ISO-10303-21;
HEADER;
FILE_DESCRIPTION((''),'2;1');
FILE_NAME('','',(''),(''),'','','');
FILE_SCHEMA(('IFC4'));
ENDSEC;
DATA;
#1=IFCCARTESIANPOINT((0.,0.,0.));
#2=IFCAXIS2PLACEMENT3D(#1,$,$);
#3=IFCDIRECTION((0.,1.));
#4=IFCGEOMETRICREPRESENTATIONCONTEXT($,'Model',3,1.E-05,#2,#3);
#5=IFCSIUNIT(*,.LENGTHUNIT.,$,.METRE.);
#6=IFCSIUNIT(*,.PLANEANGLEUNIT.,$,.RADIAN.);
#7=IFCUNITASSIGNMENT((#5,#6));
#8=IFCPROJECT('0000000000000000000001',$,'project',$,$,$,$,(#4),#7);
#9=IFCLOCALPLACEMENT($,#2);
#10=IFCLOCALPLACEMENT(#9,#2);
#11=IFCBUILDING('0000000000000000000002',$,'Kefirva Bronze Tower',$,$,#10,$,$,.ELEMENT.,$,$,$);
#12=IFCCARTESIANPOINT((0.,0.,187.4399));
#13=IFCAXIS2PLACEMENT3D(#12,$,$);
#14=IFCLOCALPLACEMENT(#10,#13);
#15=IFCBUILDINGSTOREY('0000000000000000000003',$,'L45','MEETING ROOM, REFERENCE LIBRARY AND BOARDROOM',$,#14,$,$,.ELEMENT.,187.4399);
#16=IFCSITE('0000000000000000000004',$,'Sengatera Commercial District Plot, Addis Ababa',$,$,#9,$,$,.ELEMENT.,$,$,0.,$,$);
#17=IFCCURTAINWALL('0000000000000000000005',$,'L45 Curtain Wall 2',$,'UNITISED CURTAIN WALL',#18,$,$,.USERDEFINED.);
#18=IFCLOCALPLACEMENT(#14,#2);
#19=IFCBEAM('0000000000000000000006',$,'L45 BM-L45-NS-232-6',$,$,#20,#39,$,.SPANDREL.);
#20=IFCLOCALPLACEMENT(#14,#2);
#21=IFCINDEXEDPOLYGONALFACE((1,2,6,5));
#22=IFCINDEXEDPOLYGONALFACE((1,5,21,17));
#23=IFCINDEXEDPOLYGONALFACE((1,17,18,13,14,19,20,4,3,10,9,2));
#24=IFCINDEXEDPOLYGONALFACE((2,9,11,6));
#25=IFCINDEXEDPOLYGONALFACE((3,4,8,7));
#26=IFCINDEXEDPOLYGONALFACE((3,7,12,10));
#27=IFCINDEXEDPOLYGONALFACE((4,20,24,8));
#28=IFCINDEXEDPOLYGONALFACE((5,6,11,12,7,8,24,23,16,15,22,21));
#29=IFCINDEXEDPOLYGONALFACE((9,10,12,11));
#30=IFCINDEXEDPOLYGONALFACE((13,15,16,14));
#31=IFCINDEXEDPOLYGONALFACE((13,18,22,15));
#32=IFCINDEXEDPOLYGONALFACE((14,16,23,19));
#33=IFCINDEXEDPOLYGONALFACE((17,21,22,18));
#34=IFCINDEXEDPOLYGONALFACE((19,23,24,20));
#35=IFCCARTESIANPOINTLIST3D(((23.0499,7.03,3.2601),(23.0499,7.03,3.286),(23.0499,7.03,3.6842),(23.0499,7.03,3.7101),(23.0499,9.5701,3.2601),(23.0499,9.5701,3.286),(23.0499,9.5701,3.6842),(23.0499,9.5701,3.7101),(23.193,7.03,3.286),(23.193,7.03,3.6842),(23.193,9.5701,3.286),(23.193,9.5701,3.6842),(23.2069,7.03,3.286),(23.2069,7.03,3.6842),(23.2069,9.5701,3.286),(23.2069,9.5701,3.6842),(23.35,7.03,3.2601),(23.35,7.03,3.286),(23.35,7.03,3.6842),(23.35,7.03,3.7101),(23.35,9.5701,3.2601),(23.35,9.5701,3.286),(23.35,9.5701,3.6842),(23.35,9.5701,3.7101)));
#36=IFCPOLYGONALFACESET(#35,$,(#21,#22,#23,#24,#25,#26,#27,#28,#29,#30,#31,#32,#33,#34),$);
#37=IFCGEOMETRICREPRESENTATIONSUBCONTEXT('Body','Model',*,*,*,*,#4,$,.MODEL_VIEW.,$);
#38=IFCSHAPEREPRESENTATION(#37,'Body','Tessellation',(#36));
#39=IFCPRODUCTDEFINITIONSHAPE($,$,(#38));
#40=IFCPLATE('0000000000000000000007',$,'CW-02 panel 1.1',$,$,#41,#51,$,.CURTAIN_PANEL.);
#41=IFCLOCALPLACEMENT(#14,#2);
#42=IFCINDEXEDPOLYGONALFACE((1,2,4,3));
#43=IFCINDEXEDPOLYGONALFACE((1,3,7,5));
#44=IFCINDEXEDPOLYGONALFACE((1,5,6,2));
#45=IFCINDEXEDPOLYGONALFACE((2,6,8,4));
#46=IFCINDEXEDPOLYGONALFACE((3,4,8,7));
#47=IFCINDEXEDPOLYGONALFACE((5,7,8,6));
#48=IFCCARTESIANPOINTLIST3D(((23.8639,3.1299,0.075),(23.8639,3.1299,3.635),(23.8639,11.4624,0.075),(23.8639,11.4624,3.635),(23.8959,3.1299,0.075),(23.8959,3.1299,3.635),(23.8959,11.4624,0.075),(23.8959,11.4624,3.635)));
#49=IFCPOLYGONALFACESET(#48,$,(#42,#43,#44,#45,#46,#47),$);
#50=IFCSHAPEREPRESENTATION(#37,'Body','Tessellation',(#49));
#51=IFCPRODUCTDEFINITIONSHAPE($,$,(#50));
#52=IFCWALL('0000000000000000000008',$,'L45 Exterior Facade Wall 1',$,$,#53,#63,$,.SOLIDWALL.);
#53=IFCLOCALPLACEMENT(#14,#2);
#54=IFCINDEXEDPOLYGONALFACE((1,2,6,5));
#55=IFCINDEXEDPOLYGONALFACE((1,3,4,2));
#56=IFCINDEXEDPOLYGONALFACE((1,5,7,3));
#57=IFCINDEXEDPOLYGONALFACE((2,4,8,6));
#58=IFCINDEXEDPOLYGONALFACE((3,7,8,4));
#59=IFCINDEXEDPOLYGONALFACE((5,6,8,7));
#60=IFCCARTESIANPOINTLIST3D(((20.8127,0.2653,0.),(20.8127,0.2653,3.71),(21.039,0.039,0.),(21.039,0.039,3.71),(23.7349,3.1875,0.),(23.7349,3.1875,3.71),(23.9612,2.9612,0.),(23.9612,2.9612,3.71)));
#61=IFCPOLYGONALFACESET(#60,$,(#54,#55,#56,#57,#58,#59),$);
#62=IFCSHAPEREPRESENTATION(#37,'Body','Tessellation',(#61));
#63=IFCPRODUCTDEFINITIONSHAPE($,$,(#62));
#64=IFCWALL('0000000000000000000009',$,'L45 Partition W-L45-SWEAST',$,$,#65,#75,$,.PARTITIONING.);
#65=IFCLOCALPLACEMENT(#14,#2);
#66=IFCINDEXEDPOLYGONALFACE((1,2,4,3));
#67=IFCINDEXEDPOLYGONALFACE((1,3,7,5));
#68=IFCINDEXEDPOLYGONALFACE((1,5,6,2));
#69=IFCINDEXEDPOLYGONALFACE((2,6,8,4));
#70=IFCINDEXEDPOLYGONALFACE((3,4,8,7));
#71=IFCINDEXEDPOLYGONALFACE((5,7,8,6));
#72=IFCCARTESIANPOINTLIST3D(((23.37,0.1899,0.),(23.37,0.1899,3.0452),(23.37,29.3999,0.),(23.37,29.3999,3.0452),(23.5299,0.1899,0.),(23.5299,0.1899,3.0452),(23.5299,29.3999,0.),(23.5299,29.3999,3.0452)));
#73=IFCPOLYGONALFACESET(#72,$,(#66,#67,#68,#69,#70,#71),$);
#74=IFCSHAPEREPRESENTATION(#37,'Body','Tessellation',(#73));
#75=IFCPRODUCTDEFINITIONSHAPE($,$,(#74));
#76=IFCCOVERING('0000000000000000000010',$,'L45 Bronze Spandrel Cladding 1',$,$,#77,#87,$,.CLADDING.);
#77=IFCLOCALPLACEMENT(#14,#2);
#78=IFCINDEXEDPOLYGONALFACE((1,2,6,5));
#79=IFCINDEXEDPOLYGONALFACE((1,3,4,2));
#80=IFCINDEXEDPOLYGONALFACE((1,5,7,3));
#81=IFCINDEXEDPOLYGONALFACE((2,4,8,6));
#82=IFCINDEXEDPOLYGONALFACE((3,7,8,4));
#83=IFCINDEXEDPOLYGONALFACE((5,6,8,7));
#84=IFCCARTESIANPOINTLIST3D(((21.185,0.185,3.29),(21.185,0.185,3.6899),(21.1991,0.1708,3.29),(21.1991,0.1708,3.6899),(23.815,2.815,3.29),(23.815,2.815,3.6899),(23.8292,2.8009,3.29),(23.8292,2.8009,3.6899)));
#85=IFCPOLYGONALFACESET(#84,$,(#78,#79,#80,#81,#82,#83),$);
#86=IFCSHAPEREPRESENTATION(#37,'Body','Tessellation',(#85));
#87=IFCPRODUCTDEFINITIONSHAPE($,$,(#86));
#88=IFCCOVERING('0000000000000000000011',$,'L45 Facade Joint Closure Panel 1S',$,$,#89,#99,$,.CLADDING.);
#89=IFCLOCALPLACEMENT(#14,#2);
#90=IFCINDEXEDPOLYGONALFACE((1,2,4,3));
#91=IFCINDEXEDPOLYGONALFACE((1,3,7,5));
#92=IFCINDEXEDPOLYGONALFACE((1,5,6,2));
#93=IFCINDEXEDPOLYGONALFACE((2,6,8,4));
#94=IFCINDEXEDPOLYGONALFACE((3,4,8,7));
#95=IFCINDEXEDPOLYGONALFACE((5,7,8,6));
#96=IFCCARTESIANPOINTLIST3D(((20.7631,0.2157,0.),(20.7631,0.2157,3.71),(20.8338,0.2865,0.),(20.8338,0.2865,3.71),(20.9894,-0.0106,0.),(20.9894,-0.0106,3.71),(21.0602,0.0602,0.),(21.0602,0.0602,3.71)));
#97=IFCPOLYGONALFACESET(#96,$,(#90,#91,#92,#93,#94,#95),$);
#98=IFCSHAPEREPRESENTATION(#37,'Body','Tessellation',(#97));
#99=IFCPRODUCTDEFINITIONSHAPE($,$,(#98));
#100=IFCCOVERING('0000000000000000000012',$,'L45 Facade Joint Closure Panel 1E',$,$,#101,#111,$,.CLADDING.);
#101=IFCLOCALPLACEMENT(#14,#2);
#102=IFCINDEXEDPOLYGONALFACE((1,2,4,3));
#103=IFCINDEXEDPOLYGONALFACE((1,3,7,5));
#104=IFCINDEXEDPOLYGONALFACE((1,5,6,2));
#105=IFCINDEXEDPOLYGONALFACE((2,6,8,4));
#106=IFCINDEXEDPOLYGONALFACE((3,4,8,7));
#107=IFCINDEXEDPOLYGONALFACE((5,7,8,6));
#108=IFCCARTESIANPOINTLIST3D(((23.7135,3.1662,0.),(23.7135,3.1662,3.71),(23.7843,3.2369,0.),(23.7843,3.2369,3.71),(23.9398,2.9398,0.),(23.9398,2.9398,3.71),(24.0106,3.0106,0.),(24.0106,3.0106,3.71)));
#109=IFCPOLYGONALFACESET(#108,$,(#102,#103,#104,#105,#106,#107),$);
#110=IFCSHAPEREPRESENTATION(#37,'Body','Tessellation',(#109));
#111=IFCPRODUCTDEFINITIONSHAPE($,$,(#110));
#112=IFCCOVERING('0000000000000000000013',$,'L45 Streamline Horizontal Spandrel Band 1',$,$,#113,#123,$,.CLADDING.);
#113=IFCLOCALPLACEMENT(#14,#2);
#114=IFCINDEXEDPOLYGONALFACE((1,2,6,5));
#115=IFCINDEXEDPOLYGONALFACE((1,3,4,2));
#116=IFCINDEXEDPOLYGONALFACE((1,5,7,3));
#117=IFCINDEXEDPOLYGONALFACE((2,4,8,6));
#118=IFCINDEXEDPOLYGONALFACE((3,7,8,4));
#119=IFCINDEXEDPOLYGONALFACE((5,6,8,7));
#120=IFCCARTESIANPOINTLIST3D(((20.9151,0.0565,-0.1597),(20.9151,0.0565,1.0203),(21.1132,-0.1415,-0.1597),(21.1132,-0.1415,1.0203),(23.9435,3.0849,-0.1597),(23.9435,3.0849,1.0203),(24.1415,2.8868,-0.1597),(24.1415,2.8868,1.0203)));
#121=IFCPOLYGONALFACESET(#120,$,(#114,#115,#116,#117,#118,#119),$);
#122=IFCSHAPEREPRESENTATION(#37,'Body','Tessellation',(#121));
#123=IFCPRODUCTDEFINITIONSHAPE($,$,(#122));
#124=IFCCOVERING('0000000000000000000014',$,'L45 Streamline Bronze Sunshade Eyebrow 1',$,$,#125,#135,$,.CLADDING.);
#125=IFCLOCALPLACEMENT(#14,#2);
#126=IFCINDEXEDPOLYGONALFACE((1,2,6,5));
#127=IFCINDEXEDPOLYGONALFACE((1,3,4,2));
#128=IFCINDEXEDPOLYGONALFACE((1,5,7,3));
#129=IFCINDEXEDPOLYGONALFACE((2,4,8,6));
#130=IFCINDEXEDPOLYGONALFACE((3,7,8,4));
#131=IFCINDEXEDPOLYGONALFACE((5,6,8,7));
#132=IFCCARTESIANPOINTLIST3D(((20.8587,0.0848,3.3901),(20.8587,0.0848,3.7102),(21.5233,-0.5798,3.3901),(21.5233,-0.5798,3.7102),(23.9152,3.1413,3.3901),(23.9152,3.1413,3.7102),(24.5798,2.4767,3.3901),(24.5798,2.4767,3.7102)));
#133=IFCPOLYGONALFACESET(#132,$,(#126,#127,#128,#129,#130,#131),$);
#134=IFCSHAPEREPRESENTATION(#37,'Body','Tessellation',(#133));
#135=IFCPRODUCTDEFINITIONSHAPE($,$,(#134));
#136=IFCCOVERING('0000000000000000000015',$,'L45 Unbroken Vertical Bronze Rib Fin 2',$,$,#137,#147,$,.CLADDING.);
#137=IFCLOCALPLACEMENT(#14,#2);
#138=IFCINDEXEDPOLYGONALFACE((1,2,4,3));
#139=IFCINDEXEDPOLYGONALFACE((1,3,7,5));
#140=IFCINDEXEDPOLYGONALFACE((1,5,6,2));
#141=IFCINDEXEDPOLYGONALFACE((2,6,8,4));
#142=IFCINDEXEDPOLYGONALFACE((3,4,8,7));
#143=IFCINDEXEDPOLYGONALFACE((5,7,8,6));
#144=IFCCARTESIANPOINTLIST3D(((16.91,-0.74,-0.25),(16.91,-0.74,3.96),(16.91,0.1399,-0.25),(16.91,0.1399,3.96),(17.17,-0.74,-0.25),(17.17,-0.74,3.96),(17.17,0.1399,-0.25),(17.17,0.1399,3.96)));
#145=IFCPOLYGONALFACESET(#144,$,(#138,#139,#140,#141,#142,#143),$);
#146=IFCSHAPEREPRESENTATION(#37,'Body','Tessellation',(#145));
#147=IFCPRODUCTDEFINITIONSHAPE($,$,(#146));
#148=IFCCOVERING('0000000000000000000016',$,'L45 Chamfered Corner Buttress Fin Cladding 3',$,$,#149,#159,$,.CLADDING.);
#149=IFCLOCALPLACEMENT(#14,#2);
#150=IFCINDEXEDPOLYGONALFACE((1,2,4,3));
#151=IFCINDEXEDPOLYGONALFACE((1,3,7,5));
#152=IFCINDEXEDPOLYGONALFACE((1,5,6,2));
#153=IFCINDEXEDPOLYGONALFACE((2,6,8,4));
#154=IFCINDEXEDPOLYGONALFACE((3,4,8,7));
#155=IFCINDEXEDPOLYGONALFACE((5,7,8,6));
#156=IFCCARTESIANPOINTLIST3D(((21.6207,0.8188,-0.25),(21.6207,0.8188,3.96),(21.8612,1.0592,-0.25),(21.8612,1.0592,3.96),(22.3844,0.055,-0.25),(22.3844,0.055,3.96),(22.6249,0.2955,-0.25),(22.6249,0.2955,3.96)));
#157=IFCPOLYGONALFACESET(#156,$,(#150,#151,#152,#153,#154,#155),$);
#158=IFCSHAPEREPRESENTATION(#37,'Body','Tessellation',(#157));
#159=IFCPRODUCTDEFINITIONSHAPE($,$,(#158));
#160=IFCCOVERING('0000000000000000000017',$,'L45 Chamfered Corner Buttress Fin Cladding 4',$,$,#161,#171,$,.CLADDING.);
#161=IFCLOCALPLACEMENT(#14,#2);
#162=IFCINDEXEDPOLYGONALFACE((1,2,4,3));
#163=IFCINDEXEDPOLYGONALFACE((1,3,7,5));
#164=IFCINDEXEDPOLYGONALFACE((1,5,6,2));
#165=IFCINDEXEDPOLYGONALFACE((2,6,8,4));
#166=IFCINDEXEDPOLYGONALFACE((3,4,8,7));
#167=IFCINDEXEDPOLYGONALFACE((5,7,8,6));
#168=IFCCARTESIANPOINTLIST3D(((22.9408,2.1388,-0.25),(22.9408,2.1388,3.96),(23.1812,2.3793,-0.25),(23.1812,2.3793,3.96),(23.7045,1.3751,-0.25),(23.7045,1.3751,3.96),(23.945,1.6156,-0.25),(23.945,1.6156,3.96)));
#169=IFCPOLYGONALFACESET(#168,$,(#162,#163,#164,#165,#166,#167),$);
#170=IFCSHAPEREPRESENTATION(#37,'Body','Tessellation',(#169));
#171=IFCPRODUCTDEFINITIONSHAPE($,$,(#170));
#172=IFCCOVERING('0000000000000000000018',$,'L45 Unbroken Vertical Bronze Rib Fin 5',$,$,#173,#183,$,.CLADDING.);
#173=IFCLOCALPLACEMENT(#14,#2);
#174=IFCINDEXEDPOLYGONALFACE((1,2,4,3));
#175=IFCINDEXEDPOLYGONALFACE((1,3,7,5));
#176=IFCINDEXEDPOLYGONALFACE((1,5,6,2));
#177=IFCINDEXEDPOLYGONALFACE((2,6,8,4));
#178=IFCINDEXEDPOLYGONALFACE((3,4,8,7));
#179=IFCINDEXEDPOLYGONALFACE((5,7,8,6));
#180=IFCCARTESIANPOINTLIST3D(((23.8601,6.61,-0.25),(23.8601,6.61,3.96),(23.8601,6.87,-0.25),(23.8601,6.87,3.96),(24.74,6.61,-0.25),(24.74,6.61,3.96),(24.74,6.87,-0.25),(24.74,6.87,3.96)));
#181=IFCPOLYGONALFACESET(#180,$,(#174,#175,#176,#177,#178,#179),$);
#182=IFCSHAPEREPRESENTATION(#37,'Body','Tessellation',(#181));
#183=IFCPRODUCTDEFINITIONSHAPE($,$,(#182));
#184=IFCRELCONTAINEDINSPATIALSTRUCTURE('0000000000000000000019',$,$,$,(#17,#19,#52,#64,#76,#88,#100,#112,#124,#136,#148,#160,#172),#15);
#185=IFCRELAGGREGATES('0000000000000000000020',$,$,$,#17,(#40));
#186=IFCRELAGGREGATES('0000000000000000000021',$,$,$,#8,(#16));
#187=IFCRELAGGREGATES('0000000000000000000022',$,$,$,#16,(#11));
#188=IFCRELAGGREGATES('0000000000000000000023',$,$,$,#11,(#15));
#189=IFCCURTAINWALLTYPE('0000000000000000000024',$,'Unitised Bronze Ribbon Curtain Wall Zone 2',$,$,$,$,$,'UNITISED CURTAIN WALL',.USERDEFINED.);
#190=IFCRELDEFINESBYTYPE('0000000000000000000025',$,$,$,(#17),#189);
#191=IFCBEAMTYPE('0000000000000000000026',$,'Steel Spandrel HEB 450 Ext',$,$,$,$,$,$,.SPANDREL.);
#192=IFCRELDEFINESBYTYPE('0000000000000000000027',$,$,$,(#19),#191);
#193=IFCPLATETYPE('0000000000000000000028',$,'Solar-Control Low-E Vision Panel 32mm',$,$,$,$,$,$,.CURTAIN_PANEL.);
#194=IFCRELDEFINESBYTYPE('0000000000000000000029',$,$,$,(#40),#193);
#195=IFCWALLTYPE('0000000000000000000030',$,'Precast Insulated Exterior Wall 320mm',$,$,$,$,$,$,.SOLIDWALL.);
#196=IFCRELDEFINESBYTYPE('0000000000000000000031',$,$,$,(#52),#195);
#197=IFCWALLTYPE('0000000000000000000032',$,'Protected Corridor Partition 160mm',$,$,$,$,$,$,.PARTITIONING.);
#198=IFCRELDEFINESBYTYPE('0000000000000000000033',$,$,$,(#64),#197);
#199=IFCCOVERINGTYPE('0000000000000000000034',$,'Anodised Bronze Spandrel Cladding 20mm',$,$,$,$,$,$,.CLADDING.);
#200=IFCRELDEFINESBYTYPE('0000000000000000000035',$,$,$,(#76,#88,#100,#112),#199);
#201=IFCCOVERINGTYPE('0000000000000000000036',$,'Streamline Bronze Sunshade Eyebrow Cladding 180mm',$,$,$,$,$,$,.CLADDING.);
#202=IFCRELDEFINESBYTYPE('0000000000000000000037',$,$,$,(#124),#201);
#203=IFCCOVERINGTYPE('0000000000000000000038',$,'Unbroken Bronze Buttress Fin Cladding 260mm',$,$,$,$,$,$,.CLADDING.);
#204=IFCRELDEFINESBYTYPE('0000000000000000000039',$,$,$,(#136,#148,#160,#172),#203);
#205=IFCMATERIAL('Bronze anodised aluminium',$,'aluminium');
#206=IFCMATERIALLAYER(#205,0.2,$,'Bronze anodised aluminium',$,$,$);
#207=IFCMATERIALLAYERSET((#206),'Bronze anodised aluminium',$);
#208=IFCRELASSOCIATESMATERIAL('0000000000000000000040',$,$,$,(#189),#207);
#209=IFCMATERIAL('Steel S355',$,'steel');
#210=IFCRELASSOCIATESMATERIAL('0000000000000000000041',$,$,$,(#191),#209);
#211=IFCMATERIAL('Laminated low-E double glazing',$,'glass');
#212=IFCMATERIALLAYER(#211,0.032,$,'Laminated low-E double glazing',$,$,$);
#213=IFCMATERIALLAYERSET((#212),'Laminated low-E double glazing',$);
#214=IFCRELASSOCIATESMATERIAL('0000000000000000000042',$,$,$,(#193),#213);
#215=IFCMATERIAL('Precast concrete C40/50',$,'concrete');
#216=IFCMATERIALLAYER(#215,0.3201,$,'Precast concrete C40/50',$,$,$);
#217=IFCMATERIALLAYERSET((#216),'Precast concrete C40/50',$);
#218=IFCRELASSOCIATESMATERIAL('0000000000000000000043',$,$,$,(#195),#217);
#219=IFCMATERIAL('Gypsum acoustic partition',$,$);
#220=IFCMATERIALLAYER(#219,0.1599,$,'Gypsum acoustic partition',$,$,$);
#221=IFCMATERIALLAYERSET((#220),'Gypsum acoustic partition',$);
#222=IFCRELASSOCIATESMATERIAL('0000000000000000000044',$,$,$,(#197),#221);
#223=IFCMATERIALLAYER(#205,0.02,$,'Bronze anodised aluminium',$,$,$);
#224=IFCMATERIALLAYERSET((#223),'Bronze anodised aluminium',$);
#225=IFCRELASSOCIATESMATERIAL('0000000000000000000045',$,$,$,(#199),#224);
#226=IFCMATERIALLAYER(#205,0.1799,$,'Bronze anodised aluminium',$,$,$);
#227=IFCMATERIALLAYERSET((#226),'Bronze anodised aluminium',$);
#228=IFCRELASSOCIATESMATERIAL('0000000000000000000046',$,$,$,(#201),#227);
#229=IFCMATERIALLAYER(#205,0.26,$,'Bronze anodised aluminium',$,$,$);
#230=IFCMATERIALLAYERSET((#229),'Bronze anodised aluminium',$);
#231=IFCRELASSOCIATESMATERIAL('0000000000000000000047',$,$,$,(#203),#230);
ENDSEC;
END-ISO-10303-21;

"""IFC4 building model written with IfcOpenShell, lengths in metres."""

from ifc_helpers import new_model, si_unit, direction, frame, frame_2d, origin, origin_2d, place, context, subcontext, project, spatial, rectangle, i_section, extrude, material, layer, layer_set, material_profile, profile_set, type_object, element, aggregate, save


model = new_model("IFC4")

# Units and contexts
model_context = context("Model", 3, precision=1e-05, world=origin(), true_north=direction((0.0, 1.0)))
body_context = subcontext(model_context, "Body", "Model", "MODEL_VIEW")
ifc_project = project(units=[si_unit("LENGTHUNIT", "METRE"), si_unit("PLANEANGLEUNIT", "RADIAN")], contexts=[model_context])

# Site, building, storey
site_placement = place(None, origin())
site = spatial("IfcSite", under=ifc_project, at=site_placement, Name="Sengatera Commercial District Plot, Addis Ababa", CompositionType="ELEMENT", RefElevation=0.0)
building_placement = place(site_placement, origin())
building = spatial("IfcBuilding", under=site, at=building_placement, Name="Kefirva Bronze Tower", CompositionType="ELEMENT")
storey_placement = place(building_placement, frame((0.0, 0.0, 187.4399)))
storey = spatial("IfcBuildingStorey", under=building, at=storey_placement, Name="L45", Description="MEETING ROOM, REFERENCE LIBRARY AND BOARDROOM", CompositionType="ELEMENT", Elevation=187.4399)

# Shared definitions
ifc_material_1 = material(Name="Bronze anodised aluminium", Category="aluminium")
ifc_layer_1 = layer(ifc_material_1, 0.2, Name="Bronze anodised aluminium")
ifc_layer_set_1 = layer_set([ifc_layer_1], Name="Bronze anodised aluminium")
curtain_wall_type = type_object("IfcCurtainWallType", Name="Unitised Bronze Ribbon Curtain Wall Zone 2", ElementType="UNITISED CURTAIN WALL", PredefinedType="USERDEFINED", material=ifc_layer_set_1)

# Curtain wall
curtain_wall_1_placement = place(storey_placement, origin())
curtain_wall_1 = element("IfcCurtainWall", 1, at=curtain_wall_1_placement, inside=storey, type_object=curtain_wall_type, Name="L45 Curtain Wall 2", ObjectType="UNITISED CURTAIN WALL", PredefinedType="USERDEFINED")

# Beam
ifc_material_2 = material(Name="Steel S355", Category="steel")
ifc_material_profile_1 = material_profile(ifc_material_2, i_section(OverallWidth=0.3, OverallDepth=0.45, WebThickness=0.0139, FlangeThickness=0.0259, at=origin_2d()), Name="HEB 450")
ifc_profile_set_1 = profile_set([ifc_material_profile_1], Name="Steel S355")
beam_type_1 = type_object("IfcBeamType", Name="Steel Spandrel HEB 450 Ext", PredefinedType="SPANDREL", material=ifc_profile_set_1)
beam_1_placement = place(storey_placement, frame((23.2, 7.03, 3.4851), z_axis=(0.0, 1.0, 0.0), x_axis=(-1.0, 0.0, 0.0)))
element("IfcBeam", 2, at=beam_1_placement, inside=storey, type_object=beam_type_1, Name="L45 BM-L45-NS-232-6", PredefinedType="SPANDREL", context=body_context, shape_type="SweptSolid", body=[
    extrude(i_section(OverallWidth=0.3, OverallDepth=0.45, WebThickness=0.0139, FlangeThickness=0.0259, at=origin_2d()), origin(), (0.0, 0.0, 1.0), 2.54),
])

# Plate
ifc_material_3 = material(Name="Laminated low-E double glazing", Category="glass")
ifc_layer_2 = layer(ifc_material_3, 0.032, Name="Laminated low-E double glazing")
ifc_layer_set_2 = layer_set([ifc_layer_2], Name="Laminated low-E double glazing")
plate_type = type_object("IfcPlateType", Name="Solar-Control Low-E Vision Panel 32mm", PredefinedType="CURTAIN_PANEL", material=ifc_layer_set_2)
plate_placement = place(storey_placement, frame((23.8799, 7.2961, 0.075), z_axis=(0.0, 0.0, 1.0), x_axis=(0.0, 1.0, 0.0)))
plate = element("IfcPlate", 3, at=plate_placement, type_object=plate_type, Name="CW-02 panel 1.1", PredefinedType="CURTAIN_PANEL", context=body_context, shape_type="SweptSolid", body=[
    extrude(rectangle(XDim=8.3325, YDim=0.032, at=origin_2d()), origin(), (0.0, 0.0, 1.0), 3.5601),
])
aggregate(curtain_wall_1, [plate])

# Walls
ifc_material_4 = material(Name="Precast concrete C40/50", Category="concrete")
ifc_layer_3 = layer(ifc_material_4, 0.3201, Name="Precast concrete C40/50")
ifc_layer_set_3 = layer_set([ifc_layer_3], Name="Precast concrete C40/50")
wall_type_1 = type_object("IfcWallType", Name="Precast Insulated Exterior Wall 320mm", PredefinedType="SOLIDWALL", material=ifc_layer_set_3)
wall_1_placement = place(storey_placement, frame((20.9258, 0.1521, 0.0), z_axis=(0.0, 0.0, 1.0), x_axis=(0.707107, 0.707107, 0.0)))
element("IfcWall", 4, at=wall_1_placement, inside=storey, type_object=wall_type_1, Name="L45 Exterior Facade Wall 1", PredefinedType="SOLIDWALL", context=body_context, shape_type="SweptSolid", body=[
    extrude(rectangle(XDim=4.1326, YDim=0.3201, at=frame_2d((2.0664, 0.0))), origin(), (0.0, 0.0, 1.0), 3.71),
])
ifc_material_5 = material(Name="Gypsum acoustic partition")
ifc_layer_4 = layer(ifc_material_5, 0.1599, Name="Gypsum acoustic partition")
ifc_layer_set_4 = layer_set([ifc_layer_4], Name="Gypsum acoustic partition")
wall_type_2 = type_object("IfcWallType", Name="Protected Corridor Partition 160mm", PredefinedType="PARTITIONING", material=ifc_layer_set_4)
wall_2_placement = place(storey_placement, frame((23.45, 0.1899, 0.0), z_axis=(0.0, 0.0, 1.0), x_axis=(0.0, 1.0, 0.0)))
element("IfcWall", 5, at=wall_2_placement, inside=storey, type_object=wall_type_2, Name="L45 Partition W-L45-SWEAST", PredefinedType="PARTITIONING", context=body_context, shape_type="SweptSolid", body=[
    extrude(rectangle(XDim=29.21, YDim=0.1599, at=frame_2d((14.605, 0.0))), origin(), (0.0, 0.0, 1.0), 3.0452),
])

# Coverings
ifc_layer_5 = layer(ifc_material_1, 0.02, Name="Bronze anodised aluminium")
ifc_layer_set_5 = layer_set([ifc_layer_5], Name="Bronze anodised aluminium")
covering_type_1 = type_object("IfcCoveringType", Name="Anodised Bronze Spandrel Cladding 20mm", PredefinedType="CLADDING", material=ifc_layer_set_5)
covering_1_placement = place(storey_placement, frame((22.5071, 1.4929, 3.29), z_axis=(0.0, 0.0, 1.0), x_axis=(0.707107, 0.707107, 0.0)))
element("IfcCovering", 6, at=covering_1_placement, inside=storey, type_object=covering_type_1, Name="L45 Bronze Spandrel Cladding 1", PredefinedType="CLADDING", context=body_context, shape_type="SweptSolid", body=[
    extrude(rectangle(XDim=3.7195, YDim=0.02, at=origin_2d()), origin(), (0.0, 0.0, 1.0), 0.3999),
])
for number, where, z_axis, x_axis, name in (
    (7, (20.9116, 0.1379, 0.0), (0.0, 0.0, 1.0), (0.707107, 0.707107, 0.0), "L45 Facade Joint Closure Panel 1S"),
    (8, (23.8621, 3.0884, 0.0), (0.0, 0.0, 1.0), (0.707107, 0.707107, 0.0), "L45 Facade Joint Closure Panel 1E"),
):
    element("IfcCovering", number, at=place(storey_placement, frame(where, z_axis=z_axis, x_axis=x_axis)), inside=storey, type_object=covering_type_1, Name=name, PredefinedType="CLADDING", context=body_context, shape_type="SweptSolid", body=[
        extrude(rectangle(XDim=0.1001, YDim=0.3201, at=origin_2d()), origin(), (0.0, 0.0, 1.0), 3.71),
    ])
covering_2_placement = place(storey_placement, frame((22.5283, 1.4717, -0.1597), z_axis=(0.0, 0.0, 1.0), x_axis=(0.707107, 0.707107, 0.0)))
element("IfcCovering", 9, at=covering_2_placement, inside=storey, type_object=covering_type_1, Name="L45 Streamline Horizontal Spandrel Band 1", PredefinedType="CLADDING", context=body_context, shape_type="SweptSolid", body=[
    extrude(rectangle(XDim=4.2827, YDim=0.28, at=origin_2d()), origin(), (0.0, 0.0, 1.0), 1.1799),
])
ifc_layer_6 = layer(ifc_material_1, 0.1799, Name="Bronze anodised aluminium")
ifc_layer_set_6 = layer_set([ifc_layer_6], Name="Bronze anodised aluminium")
covering_type_2 = type_object("IfcCoveringType", Name="Streamline Bronze Sunshade Eyebrow Cladding 180mm", PredefinedType="CLADDING", material=ifc_layer_set_6)
covering_3_placement = place(storey_placement, frame((22.7192, 1.2808, 3.3901), z_axis=(0.0, 0.0, 1.0), x_axis=(0.707107, 0.707107, 0.0)))
element("IfcCovering", 10, at=covering_3_placement, inside=storey, type_object=covering_type_2, Name="L45 Streamline Bronze Sunshade Eyebrow 1", PredefinedType="CLADDING", context=body_context, shape_type="SweptSolid", body=[
    extrude(rectangle(XDim=4.3225, YDim=0.9399, at=origin_2d()), origin(), (0.0, 0.0, 1.0), 0.3201),
])
ifc_layer_7 = layer(ifc_material_1, 0.26, Name="Bronze anodised aluminium")
ifc_layer_set_7 = layer_set([ifc_layer_7], Name="Bronze anodised aluminium")
covering_type_3 = type_object("IfcCoveringType", Name="Unbroken Bronze Buttress Fin Cladding 260mm", PredefinedType="CLADDING", material=ifc_layer_set_7)
covering_4_placement = place(storey_placement, frame((17.04, -0.3, -0.25), z_axis=(0.0, 0.0, 1.0), x_axis=(1.0, 0.0, 0.0)))
element("IfcCovering", 11, at=covering_4_placement, inside=storey, type_object=covering_type_3, Name="L45 Unbroken Vertical Bronze Rib Fin 2", PredefinedType="CLADDING", context=body_context, shape_type="SweptSolid", body=[
    extrude(rectangle(XDim=0.26, YDim=0.8799, at=origin_2d()), origin(), (0.0, 0.0, 1.0), 4.21),
])
for number, where, z_axis, x_axis, name in (
    (12, (22.1228, 0.5571, -0.25), (0.0, 0.0, 1.0), (0.707107, 0.707107, 0.0), "L45 Chamfered Corner Buttress Fin Cladding 3"),
    (13, (23.4429, 1.8772, -0.25), (0.0, 0.0, 1.0), (0.707107, 0.707107, 0.0), "L45 Chamfered Corner Buttress Fin Cladding 4"),
):
    element("IfcCovering", number, at=place(storey_placement, frame(where, z_axis=z_axis, x_axis=x_axis)), inside=storey, type_object=covering_type_3, Name=name, PredefinedType="CLADDING", context=body_context, shape_type="SweptSolid", body=[
        extrude(rectangle(XDim=0.3401, YDim=1.0801, at=origin_2d()), origin(), (0.0, 0.0, 1.0), 4.21),
    ])
covering_5_placement = place(storey_placement, frame((24.3, 6.74, -0.25), z_axis=(0.0, 0.0, 1.0), x_axis=(0.0, 1.0, 0.0)))
element("IfcCovering", 14, at=covering_5_placement, inside=storey, type_object=covering_type_3, Name="L45 Unbroken Vertical Bronze Rib Fin 5", PredefinedType="CLADDING", context=body_context, shape_type="SweptSolid", body=[
    extrude(rectangle(XDim=0.26, YDim=0.8799, at=origin_2d()), origin(), (0.0, 0.0, 1.0), 4.21),
])

save(model, "model.ifc")
